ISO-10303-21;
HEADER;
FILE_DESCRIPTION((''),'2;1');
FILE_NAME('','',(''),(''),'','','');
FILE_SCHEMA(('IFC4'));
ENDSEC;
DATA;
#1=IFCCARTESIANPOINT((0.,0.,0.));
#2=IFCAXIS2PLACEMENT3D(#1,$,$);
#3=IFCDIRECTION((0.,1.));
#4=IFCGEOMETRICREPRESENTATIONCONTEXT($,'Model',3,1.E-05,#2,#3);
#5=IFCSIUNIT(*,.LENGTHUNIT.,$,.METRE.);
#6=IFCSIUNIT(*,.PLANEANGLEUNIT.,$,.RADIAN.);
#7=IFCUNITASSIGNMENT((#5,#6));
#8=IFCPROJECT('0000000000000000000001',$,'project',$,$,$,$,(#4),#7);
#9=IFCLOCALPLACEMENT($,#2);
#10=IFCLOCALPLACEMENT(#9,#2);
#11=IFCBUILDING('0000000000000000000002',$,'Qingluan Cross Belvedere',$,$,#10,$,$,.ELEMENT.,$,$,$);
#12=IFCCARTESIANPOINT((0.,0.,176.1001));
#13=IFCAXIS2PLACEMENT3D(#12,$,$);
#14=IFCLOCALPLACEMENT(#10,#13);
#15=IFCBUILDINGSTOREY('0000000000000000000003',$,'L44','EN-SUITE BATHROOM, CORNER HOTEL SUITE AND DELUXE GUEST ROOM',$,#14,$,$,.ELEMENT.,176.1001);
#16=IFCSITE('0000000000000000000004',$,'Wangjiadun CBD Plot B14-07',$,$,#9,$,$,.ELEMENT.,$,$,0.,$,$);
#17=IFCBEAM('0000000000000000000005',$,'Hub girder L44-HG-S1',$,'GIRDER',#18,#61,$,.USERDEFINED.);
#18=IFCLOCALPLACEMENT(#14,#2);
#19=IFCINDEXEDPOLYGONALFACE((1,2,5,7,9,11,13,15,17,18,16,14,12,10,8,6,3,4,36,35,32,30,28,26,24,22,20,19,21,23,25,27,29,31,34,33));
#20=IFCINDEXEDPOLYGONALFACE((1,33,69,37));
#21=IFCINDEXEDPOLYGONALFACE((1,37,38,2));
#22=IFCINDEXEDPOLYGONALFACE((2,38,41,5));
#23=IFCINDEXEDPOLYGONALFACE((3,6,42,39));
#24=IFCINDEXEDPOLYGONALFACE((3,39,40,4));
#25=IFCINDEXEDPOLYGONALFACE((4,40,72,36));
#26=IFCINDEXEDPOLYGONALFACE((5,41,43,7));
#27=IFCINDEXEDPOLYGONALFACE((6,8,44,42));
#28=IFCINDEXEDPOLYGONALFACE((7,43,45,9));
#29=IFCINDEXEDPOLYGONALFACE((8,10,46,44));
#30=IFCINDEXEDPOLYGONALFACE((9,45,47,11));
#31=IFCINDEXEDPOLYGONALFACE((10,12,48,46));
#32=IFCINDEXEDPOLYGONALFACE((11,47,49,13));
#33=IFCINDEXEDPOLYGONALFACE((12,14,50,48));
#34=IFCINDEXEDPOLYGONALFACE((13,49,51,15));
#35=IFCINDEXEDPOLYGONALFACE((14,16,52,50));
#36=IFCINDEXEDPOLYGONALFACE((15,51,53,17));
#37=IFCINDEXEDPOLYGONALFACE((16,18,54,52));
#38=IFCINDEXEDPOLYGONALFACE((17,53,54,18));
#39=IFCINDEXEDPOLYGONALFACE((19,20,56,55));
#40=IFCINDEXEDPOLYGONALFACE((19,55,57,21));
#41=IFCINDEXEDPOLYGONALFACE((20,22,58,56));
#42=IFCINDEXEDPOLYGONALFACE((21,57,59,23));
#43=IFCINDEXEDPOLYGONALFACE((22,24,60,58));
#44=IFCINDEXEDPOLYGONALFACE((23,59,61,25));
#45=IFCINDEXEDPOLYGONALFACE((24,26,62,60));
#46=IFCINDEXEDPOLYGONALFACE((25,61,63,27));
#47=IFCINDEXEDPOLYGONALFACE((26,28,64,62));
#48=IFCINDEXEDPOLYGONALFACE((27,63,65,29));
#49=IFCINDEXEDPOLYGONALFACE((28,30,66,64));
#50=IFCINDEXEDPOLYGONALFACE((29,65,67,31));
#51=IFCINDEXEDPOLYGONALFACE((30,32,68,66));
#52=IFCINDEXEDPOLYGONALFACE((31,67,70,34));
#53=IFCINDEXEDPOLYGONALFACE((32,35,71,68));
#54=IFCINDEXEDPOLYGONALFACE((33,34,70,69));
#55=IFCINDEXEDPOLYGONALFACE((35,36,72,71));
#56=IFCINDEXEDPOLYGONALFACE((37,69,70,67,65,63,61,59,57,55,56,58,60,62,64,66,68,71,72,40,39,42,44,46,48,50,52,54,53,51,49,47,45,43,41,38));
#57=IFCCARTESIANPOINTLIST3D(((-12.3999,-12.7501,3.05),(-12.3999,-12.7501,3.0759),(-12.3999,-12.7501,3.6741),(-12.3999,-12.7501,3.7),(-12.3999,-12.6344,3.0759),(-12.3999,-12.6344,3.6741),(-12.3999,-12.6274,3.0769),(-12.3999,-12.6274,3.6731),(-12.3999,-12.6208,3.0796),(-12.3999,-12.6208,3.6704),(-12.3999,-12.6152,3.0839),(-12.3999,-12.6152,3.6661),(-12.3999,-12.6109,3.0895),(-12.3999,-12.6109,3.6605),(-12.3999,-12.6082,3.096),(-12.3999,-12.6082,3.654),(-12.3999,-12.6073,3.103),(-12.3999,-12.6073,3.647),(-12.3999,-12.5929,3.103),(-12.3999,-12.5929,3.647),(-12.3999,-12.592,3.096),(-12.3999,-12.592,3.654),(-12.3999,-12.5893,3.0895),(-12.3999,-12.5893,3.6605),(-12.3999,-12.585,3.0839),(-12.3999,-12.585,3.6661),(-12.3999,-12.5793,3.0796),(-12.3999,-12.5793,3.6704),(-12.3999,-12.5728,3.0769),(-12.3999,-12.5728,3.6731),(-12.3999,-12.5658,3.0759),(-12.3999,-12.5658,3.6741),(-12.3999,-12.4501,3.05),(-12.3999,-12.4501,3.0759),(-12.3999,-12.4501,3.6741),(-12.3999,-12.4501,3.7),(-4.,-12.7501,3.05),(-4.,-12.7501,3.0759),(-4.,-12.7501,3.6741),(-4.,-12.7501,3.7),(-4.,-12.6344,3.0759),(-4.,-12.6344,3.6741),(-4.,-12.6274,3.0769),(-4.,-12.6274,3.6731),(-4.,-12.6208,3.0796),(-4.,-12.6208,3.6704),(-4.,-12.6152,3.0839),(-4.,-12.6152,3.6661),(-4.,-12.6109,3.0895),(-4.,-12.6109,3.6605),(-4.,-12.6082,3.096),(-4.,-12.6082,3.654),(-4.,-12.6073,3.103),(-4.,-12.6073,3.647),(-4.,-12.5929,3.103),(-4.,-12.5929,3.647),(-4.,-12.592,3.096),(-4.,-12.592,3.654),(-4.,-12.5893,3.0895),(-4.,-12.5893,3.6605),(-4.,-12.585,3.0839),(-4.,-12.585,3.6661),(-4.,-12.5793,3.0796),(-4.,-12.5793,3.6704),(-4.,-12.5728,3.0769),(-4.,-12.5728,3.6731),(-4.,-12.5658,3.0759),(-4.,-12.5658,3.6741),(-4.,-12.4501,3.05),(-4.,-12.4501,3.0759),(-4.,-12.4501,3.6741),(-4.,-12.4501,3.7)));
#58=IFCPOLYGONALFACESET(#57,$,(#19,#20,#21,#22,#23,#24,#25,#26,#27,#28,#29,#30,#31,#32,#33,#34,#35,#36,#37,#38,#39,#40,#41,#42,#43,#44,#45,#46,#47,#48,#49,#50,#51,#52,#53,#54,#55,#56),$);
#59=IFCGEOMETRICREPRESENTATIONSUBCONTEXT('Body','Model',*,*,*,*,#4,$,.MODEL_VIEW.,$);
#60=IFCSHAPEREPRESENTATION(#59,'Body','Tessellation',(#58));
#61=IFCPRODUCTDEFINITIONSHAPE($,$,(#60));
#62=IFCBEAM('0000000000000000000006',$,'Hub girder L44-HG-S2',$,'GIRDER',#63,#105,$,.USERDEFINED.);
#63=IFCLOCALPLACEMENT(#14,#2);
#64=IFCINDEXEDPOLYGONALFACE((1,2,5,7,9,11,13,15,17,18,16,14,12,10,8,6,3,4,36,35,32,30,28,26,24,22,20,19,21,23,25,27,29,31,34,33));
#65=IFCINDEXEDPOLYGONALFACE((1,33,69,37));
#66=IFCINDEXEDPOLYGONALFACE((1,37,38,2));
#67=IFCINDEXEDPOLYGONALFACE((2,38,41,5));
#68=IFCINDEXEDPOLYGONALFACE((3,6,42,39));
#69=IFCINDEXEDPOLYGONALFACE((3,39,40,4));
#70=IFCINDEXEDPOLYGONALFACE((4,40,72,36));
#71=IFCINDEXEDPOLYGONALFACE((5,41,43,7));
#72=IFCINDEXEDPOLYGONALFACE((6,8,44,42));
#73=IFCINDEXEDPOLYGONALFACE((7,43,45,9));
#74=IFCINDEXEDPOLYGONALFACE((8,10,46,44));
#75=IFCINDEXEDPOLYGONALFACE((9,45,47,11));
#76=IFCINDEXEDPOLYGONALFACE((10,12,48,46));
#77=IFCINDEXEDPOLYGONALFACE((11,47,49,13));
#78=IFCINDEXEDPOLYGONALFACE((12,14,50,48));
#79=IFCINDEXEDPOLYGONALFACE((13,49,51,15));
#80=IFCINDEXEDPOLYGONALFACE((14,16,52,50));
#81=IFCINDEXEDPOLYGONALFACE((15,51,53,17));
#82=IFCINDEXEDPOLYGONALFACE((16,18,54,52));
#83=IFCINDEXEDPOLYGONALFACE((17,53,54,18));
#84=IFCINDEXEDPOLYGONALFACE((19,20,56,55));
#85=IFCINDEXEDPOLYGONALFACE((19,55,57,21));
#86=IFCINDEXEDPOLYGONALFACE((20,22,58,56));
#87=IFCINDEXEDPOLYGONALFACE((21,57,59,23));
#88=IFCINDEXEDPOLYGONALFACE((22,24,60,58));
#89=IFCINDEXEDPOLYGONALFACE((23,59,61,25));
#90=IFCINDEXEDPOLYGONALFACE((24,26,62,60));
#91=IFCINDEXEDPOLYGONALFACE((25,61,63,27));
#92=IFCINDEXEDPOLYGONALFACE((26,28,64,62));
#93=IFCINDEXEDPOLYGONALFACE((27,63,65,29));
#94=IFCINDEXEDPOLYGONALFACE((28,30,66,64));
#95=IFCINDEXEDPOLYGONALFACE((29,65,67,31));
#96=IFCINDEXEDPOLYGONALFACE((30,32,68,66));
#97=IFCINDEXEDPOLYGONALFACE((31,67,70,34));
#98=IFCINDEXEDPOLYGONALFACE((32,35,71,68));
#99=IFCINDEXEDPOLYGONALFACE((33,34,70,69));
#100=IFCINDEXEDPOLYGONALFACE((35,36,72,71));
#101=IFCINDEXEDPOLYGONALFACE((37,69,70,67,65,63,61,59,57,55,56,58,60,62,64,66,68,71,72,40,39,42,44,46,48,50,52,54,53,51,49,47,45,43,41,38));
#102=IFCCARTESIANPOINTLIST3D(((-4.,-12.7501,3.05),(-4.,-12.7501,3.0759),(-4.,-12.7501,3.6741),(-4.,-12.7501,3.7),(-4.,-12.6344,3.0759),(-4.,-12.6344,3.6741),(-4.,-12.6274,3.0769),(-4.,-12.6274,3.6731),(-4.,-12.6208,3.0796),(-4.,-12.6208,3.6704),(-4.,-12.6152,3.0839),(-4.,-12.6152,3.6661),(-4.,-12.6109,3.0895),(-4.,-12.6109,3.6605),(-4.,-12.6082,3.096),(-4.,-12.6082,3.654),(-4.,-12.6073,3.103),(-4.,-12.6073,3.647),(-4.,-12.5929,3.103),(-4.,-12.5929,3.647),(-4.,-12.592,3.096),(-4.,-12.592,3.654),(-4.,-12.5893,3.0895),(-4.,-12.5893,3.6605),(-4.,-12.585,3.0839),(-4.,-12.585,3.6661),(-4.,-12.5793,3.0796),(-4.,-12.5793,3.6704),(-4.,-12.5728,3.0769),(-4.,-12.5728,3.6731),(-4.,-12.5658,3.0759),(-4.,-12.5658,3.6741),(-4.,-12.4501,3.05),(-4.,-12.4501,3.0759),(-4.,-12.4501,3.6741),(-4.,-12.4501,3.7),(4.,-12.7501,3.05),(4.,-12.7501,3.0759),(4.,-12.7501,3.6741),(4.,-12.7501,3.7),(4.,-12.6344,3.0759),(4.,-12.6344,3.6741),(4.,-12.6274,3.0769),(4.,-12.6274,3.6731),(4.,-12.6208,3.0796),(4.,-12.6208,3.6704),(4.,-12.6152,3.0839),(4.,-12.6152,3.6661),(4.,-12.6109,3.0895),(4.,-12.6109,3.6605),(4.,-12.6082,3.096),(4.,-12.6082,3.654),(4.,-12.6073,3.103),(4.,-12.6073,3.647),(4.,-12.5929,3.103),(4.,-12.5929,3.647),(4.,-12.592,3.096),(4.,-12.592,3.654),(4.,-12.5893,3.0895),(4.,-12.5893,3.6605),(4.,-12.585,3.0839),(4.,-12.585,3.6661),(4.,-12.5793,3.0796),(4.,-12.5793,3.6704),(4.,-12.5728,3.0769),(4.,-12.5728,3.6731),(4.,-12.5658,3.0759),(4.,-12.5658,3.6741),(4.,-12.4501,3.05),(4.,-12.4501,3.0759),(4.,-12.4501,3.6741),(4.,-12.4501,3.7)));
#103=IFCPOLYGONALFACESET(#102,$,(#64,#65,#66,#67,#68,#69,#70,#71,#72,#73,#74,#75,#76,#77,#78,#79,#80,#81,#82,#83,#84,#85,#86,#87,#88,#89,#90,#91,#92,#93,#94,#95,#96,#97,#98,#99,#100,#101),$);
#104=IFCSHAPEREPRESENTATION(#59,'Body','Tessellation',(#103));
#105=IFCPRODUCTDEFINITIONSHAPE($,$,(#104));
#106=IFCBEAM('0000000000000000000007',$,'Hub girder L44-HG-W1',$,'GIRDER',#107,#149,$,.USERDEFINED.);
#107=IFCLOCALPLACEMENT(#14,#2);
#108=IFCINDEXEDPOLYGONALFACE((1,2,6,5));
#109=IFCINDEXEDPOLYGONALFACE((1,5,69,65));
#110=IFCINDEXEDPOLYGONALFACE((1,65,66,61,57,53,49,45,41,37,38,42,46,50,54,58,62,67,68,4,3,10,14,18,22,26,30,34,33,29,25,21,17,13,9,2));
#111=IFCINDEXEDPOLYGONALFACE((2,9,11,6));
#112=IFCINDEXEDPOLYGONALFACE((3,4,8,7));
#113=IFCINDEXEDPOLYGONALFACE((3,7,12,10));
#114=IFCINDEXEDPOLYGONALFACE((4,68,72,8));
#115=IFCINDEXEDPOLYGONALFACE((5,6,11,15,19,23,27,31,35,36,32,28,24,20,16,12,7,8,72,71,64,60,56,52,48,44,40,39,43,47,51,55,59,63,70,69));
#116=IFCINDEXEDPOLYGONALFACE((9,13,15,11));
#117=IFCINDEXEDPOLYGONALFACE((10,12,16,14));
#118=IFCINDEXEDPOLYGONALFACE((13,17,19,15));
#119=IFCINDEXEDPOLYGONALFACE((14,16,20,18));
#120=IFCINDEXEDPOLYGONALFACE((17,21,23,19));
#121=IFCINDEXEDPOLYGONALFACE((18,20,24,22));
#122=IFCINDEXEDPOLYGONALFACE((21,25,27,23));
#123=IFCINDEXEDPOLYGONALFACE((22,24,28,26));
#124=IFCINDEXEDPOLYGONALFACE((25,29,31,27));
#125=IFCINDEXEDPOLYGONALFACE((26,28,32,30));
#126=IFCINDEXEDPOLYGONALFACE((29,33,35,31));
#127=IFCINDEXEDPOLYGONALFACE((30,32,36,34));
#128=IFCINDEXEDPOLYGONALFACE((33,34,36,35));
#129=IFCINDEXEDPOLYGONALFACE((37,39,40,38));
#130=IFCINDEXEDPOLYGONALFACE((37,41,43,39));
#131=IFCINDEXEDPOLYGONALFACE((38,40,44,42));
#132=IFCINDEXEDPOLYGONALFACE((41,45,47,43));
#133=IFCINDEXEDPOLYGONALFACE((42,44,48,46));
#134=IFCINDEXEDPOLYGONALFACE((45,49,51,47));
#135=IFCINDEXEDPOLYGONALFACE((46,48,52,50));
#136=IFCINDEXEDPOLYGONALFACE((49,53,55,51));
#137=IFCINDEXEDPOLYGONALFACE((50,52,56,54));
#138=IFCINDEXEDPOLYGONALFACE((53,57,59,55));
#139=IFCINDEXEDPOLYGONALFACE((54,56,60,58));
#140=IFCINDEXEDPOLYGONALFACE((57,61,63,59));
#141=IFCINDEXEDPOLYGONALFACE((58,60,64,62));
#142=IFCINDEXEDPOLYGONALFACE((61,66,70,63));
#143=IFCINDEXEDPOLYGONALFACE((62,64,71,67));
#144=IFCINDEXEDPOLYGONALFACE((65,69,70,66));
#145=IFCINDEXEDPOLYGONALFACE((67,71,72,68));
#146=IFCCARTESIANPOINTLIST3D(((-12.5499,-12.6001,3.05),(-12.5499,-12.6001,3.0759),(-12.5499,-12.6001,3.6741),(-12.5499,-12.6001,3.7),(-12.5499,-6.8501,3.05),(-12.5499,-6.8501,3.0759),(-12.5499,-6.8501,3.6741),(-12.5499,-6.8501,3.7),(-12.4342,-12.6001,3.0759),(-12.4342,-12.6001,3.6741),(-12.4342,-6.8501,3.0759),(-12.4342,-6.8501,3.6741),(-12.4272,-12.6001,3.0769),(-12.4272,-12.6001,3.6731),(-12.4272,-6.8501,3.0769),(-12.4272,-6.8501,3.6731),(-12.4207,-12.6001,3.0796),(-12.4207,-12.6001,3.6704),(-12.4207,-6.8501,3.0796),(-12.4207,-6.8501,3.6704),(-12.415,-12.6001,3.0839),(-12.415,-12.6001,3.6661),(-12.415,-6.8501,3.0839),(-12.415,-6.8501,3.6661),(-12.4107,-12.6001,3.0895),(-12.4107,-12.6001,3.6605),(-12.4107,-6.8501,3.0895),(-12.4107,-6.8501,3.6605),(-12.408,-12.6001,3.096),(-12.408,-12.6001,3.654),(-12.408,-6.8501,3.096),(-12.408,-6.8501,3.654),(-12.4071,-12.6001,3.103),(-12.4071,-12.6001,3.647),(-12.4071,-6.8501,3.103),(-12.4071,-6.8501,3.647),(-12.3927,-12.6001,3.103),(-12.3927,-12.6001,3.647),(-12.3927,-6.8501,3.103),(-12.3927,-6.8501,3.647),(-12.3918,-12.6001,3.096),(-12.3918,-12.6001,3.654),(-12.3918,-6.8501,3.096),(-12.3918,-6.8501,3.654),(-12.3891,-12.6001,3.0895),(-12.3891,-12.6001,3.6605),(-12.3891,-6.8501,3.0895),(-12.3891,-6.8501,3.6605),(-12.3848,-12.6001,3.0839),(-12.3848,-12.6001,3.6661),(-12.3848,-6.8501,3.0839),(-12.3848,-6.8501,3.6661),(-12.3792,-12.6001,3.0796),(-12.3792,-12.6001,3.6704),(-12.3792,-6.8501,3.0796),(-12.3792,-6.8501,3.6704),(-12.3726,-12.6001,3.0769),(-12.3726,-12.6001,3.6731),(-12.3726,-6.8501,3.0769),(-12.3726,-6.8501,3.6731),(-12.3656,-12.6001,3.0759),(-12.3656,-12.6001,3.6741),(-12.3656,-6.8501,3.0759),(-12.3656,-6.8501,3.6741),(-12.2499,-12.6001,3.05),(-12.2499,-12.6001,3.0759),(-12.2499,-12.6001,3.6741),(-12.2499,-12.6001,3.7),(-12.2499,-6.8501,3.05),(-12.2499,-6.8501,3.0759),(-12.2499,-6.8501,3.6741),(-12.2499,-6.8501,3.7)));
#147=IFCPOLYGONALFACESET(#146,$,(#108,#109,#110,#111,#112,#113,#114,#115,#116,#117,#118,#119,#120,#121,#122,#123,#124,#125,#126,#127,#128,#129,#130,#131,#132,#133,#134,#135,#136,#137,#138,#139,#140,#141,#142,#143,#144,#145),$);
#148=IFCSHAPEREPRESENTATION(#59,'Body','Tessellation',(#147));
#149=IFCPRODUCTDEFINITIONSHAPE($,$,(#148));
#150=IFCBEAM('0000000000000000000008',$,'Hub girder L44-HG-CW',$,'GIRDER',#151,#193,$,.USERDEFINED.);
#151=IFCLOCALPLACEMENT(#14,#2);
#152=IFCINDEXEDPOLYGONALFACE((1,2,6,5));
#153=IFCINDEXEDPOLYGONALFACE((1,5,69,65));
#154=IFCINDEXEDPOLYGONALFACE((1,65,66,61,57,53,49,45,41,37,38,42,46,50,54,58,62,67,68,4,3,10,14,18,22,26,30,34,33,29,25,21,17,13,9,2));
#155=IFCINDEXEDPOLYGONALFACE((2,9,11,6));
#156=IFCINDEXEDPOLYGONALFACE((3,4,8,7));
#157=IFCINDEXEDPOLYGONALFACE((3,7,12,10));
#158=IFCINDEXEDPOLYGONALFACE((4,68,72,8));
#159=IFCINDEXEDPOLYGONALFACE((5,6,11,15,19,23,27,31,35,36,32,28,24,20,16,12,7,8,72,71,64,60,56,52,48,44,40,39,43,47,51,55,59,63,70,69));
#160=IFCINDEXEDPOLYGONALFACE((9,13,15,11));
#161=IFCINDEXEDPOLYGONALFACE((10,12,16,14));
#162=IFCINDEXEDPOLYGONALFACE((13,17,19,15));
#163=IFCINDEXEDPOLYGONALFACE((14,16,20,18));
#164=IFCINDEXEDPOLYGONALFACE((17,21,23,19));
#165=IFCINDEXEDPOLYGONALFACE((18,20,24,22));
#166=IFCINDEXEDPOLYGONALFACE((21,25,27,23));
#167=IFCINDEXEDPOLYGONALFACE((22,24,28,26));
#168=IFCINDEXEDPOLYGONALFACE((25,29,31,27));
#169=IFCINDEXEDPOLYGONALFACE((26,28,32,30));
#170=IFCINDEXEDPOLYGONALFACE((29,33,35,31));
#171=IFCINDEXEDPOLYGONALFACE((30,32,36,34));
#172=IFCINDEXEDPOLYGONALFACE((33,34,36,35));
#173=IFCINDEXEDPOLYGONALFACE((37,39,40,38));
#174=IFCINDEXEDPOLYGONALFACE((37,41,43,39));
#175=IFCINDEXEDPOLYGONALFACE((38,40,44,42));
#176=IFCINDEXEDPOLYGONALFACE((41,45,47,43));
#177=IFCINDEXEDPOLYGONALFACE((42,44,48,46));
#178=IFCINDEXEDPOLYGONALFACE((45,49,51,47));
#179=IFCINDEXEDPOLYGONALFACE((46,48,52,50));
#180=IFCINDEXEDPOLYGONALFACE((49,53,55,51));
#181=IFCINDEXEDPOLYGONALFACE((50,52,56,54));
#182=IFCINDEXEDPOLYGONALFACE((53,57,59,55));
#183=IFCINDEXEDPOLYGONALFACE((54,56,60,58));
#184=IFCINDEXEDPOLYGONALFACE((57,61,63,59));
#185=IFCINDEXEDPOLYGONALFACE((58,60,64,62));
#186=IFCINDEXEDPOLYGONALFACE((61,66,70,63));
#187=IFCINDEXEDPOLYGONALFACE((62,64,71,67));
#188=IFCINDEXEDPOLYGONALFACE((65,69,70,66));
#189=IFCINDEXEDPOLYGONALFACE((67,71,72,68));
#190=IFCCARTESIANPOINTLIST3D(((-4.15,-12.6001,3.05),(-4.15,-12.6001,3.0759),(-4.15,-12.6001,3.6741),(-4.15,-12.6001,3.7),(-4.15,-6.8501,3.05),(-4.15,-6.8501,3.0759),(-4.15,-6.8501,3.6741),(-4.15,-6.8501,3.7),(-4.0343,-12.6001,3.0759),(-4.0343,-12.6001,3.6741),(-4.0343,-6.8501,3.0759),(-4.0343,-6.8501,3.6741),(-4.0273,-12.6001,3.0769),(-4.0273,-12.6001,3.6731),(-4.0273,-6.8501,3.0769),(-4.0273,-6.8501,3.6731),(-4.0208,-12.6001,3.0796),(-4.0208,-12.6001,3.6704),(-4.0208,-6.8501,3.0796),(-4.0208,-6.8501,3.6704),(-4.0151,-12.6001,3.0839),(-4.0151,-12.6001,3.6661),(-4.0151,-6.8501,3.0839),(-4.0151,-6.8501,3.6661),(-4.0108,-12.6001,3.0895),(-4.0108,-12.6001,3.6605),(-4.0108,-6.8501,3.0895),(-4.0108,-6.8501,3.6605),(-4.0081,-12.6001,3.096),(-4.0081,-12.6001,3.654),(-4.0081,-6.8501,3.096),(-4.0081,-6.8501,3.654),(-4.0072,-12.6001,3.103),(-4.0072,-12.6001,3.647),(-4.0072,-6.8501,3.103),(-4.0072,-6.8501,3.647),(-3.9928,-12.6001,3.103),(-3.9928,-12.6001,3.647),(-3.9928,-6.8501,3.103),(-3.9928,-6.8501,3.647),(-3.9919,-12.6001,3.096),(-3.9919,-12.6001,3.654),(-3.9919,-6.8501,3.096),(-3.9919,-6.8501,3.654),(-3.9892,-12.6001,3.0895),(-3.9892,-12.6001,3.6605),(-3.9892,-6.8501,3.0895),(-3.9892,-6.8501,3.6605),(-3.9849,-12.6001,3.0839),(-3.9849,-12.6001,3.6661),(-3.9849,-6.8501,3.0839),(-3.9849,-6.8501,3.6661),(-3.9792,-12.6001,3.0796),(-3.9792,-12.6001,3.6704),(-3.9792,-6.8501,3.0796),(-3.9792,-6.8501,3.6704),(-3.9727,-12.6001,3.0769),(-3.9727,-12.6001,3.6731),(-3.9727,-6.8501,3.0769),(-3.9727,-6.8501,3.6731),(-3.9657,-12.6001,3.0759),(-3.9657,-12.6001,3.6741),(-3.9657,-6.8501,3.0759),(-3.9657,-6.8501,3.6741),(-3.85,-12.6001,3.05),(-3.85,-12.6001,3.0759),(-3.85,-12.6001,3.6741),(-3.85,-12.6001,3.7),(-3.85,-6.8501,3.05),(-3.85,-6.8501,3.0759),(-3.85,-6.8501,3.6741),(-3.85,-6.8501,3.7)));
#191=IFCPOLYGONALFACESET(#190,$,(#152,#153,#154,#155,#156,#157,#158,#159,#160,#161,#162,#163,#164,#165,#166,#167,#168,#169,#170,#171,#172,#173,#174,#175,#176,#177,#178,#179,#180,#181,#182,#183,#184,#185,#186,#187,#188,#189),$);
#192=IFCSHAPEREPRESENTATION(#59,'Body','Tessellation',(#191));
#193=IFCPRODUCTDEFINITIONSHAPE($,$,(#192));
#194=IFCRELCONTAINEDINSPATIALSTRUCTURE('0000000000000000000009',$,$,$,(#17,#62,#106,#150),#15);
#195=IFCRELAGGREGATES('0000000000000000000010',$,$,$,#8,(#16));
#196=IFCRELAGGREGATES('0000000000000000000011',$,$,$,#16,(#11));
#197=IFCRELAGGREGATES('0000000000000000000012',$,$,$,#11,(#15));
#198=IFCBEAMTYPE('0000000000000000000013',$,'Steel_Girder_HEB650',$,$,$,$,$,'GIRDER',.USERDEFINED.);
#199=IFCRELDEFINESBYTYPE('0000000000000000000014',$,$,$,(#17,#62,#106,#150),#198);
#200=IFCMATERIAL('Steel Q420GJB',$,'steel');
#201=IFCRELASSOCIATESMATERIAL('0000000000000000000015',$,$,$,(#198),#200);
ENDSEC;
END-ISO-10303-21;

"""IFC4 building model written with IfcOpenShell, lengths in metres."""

from ifc_helpers import new_model, si_unit, direction, frame, origin, origin_2d, place, context, subcontext, project, spatial, i_section, extrude, material, material_profile, profile_set, type_object, element, save


model = new_model("IFC4")

# Units and contexts
model_context = context("Model", 3, precision=1e-05, world=origin(), true_north=direction((0.0, 1.0)))
body_context = subcontext(model_context, "Body", "Model", "MODEL_VIEW")
ifc_project = project(units=[si_unit("LENGTHUNIT", "METRE"), si_unit("PLANEANGLEUNIT", "RADIAN")], contexts=[model_context])

# Site, building, storey
site_placement = place(None, origin())
site = spatial("IfcSite", under=ifc_project, at=site_placement, Name="Wangjiadun CBD Plot B14-07", CompositionType="ELEMENT", RefElevation=0.0)
building_placement = place(site_placement, origin())
building = spatial("IfcBuilding", under=site, at=building_placement, Name="Qingluan Cross Belvedere", CompositionType="ELEMENT")
storey_placement = place(building_placement, frame((0.0, 0.0, 176.1001)))
storey = spatial("IfcBuildingStorey", under=building, at=storey_placement, Name="L44", Description="EN-SUITE BATHROOM, CORNER HOTEL SUITE AND DELUXE GUEST ROOM", CompositionType="ELEMENT", Elevation=176.1001)

# Beams
ifc_material_1 = material(Name="Steel Q420GJB", Category="steel")
ifc_material_profile_1 = material_profile(ifc_material_1, i_section(OverallWidth=0.3, OverallDepth=0.6499, WebThickness=0.0144, FlangeThickness=0.0259, FilletRadius=0.0271, at=origin_2d()), Name="HEB650")
ifc_profile_set_1 = profile_set([ifc_material_profile_1], Name="Steel Q420GJB")
beam_type_1 = type_object("IfcBeamType", Name="Steel_Girder_HEB650", ElementType="GIRDER", PredefinedType="USERDEFINED", material=ifc_profile_set_1)
beam_1_placement = place(storey_placement, frame((-12.3999, -12.6001, 3.375), z_axis=(1.0, 0.0, 0.0), x_axis=(0.0, 1.0, 0.0)))
element("IfcBeam", 1, at=beam_1_placement, inside=storey, type_object=beam_type_1, Name="Hub girder L44-HG-S1", ObjectType="GIRDER", PredefinedType="USERDEFINED", context=body_context, shape_type="SweptSolid", body=[
    extrude(i_section(OverallWidth=0.3, OverallDepth=0.6499, WebThickness=0.0144, FlangeThickness=0.0259, FilletRadius=0.0271, at=origin_2d()), origin(), (0.0, 0.0, 1.0), 8.3999),
])
beam_2_placement = place(storey_placement, frame((-4.0, -12.6001, 3.375), z_axis=(1.0, 0.0, 0.0), x_axis=(0.0, 1.0, 0.0)))
element("IfcBeam", 2, at=beam_2_placement, inside=storey, type_object=beam_type_1, Name="Hub girder L44-HG-S2", ObjectType="GIRDER", PredefinedType="USERDEFINED", context=body_context, shape_type="SweptSolid", body=[
    extrude(i_section(OverallWidth=0.3, OverallDepth=0.6499, WebThickness=0.0144, FlangeThickness=0.0259, FilletRadius=0.0271, at=origin_2d()), origin(), (0.0, 0.0, 1.0), 8.0),
])
for number, where, z_axis, x_axis, name in (
    (3, (-12.3999, -12.6001, 3.375), (0.0, 1.0, 0.0), (-1.0, 0.0, 0.0), "Hub girder L44-HG-W1"),
    (4, (-4.0, -12.6001, 3.375), (0.0, 1.0, 0.0), (-1.0, 0.0, 0.0), "Hub girder L44-HG-CW"),
):
    element("IfcBeam", number, at=place(storey_placement, frame(where, z_axis=z_axis, x_axis=x_axis)), inside=storey, type_object=beam_type_1, Name=name, ObjectType="GIRDER", PredefinedType="USERDEFINED", context=body_context, shape_type="SweptSolid", body=[
        extrude(i_section(OverallWidth=0.3, OverallDepth=0.6499, WebThickness=0.0144, FlangeThickness=0.0259, FilletRadius=0.0271, at=origin_2d()), origin(), (0.0, 0.0, 1.0), 5.75),
    ])

save(model, "model.ifc")
